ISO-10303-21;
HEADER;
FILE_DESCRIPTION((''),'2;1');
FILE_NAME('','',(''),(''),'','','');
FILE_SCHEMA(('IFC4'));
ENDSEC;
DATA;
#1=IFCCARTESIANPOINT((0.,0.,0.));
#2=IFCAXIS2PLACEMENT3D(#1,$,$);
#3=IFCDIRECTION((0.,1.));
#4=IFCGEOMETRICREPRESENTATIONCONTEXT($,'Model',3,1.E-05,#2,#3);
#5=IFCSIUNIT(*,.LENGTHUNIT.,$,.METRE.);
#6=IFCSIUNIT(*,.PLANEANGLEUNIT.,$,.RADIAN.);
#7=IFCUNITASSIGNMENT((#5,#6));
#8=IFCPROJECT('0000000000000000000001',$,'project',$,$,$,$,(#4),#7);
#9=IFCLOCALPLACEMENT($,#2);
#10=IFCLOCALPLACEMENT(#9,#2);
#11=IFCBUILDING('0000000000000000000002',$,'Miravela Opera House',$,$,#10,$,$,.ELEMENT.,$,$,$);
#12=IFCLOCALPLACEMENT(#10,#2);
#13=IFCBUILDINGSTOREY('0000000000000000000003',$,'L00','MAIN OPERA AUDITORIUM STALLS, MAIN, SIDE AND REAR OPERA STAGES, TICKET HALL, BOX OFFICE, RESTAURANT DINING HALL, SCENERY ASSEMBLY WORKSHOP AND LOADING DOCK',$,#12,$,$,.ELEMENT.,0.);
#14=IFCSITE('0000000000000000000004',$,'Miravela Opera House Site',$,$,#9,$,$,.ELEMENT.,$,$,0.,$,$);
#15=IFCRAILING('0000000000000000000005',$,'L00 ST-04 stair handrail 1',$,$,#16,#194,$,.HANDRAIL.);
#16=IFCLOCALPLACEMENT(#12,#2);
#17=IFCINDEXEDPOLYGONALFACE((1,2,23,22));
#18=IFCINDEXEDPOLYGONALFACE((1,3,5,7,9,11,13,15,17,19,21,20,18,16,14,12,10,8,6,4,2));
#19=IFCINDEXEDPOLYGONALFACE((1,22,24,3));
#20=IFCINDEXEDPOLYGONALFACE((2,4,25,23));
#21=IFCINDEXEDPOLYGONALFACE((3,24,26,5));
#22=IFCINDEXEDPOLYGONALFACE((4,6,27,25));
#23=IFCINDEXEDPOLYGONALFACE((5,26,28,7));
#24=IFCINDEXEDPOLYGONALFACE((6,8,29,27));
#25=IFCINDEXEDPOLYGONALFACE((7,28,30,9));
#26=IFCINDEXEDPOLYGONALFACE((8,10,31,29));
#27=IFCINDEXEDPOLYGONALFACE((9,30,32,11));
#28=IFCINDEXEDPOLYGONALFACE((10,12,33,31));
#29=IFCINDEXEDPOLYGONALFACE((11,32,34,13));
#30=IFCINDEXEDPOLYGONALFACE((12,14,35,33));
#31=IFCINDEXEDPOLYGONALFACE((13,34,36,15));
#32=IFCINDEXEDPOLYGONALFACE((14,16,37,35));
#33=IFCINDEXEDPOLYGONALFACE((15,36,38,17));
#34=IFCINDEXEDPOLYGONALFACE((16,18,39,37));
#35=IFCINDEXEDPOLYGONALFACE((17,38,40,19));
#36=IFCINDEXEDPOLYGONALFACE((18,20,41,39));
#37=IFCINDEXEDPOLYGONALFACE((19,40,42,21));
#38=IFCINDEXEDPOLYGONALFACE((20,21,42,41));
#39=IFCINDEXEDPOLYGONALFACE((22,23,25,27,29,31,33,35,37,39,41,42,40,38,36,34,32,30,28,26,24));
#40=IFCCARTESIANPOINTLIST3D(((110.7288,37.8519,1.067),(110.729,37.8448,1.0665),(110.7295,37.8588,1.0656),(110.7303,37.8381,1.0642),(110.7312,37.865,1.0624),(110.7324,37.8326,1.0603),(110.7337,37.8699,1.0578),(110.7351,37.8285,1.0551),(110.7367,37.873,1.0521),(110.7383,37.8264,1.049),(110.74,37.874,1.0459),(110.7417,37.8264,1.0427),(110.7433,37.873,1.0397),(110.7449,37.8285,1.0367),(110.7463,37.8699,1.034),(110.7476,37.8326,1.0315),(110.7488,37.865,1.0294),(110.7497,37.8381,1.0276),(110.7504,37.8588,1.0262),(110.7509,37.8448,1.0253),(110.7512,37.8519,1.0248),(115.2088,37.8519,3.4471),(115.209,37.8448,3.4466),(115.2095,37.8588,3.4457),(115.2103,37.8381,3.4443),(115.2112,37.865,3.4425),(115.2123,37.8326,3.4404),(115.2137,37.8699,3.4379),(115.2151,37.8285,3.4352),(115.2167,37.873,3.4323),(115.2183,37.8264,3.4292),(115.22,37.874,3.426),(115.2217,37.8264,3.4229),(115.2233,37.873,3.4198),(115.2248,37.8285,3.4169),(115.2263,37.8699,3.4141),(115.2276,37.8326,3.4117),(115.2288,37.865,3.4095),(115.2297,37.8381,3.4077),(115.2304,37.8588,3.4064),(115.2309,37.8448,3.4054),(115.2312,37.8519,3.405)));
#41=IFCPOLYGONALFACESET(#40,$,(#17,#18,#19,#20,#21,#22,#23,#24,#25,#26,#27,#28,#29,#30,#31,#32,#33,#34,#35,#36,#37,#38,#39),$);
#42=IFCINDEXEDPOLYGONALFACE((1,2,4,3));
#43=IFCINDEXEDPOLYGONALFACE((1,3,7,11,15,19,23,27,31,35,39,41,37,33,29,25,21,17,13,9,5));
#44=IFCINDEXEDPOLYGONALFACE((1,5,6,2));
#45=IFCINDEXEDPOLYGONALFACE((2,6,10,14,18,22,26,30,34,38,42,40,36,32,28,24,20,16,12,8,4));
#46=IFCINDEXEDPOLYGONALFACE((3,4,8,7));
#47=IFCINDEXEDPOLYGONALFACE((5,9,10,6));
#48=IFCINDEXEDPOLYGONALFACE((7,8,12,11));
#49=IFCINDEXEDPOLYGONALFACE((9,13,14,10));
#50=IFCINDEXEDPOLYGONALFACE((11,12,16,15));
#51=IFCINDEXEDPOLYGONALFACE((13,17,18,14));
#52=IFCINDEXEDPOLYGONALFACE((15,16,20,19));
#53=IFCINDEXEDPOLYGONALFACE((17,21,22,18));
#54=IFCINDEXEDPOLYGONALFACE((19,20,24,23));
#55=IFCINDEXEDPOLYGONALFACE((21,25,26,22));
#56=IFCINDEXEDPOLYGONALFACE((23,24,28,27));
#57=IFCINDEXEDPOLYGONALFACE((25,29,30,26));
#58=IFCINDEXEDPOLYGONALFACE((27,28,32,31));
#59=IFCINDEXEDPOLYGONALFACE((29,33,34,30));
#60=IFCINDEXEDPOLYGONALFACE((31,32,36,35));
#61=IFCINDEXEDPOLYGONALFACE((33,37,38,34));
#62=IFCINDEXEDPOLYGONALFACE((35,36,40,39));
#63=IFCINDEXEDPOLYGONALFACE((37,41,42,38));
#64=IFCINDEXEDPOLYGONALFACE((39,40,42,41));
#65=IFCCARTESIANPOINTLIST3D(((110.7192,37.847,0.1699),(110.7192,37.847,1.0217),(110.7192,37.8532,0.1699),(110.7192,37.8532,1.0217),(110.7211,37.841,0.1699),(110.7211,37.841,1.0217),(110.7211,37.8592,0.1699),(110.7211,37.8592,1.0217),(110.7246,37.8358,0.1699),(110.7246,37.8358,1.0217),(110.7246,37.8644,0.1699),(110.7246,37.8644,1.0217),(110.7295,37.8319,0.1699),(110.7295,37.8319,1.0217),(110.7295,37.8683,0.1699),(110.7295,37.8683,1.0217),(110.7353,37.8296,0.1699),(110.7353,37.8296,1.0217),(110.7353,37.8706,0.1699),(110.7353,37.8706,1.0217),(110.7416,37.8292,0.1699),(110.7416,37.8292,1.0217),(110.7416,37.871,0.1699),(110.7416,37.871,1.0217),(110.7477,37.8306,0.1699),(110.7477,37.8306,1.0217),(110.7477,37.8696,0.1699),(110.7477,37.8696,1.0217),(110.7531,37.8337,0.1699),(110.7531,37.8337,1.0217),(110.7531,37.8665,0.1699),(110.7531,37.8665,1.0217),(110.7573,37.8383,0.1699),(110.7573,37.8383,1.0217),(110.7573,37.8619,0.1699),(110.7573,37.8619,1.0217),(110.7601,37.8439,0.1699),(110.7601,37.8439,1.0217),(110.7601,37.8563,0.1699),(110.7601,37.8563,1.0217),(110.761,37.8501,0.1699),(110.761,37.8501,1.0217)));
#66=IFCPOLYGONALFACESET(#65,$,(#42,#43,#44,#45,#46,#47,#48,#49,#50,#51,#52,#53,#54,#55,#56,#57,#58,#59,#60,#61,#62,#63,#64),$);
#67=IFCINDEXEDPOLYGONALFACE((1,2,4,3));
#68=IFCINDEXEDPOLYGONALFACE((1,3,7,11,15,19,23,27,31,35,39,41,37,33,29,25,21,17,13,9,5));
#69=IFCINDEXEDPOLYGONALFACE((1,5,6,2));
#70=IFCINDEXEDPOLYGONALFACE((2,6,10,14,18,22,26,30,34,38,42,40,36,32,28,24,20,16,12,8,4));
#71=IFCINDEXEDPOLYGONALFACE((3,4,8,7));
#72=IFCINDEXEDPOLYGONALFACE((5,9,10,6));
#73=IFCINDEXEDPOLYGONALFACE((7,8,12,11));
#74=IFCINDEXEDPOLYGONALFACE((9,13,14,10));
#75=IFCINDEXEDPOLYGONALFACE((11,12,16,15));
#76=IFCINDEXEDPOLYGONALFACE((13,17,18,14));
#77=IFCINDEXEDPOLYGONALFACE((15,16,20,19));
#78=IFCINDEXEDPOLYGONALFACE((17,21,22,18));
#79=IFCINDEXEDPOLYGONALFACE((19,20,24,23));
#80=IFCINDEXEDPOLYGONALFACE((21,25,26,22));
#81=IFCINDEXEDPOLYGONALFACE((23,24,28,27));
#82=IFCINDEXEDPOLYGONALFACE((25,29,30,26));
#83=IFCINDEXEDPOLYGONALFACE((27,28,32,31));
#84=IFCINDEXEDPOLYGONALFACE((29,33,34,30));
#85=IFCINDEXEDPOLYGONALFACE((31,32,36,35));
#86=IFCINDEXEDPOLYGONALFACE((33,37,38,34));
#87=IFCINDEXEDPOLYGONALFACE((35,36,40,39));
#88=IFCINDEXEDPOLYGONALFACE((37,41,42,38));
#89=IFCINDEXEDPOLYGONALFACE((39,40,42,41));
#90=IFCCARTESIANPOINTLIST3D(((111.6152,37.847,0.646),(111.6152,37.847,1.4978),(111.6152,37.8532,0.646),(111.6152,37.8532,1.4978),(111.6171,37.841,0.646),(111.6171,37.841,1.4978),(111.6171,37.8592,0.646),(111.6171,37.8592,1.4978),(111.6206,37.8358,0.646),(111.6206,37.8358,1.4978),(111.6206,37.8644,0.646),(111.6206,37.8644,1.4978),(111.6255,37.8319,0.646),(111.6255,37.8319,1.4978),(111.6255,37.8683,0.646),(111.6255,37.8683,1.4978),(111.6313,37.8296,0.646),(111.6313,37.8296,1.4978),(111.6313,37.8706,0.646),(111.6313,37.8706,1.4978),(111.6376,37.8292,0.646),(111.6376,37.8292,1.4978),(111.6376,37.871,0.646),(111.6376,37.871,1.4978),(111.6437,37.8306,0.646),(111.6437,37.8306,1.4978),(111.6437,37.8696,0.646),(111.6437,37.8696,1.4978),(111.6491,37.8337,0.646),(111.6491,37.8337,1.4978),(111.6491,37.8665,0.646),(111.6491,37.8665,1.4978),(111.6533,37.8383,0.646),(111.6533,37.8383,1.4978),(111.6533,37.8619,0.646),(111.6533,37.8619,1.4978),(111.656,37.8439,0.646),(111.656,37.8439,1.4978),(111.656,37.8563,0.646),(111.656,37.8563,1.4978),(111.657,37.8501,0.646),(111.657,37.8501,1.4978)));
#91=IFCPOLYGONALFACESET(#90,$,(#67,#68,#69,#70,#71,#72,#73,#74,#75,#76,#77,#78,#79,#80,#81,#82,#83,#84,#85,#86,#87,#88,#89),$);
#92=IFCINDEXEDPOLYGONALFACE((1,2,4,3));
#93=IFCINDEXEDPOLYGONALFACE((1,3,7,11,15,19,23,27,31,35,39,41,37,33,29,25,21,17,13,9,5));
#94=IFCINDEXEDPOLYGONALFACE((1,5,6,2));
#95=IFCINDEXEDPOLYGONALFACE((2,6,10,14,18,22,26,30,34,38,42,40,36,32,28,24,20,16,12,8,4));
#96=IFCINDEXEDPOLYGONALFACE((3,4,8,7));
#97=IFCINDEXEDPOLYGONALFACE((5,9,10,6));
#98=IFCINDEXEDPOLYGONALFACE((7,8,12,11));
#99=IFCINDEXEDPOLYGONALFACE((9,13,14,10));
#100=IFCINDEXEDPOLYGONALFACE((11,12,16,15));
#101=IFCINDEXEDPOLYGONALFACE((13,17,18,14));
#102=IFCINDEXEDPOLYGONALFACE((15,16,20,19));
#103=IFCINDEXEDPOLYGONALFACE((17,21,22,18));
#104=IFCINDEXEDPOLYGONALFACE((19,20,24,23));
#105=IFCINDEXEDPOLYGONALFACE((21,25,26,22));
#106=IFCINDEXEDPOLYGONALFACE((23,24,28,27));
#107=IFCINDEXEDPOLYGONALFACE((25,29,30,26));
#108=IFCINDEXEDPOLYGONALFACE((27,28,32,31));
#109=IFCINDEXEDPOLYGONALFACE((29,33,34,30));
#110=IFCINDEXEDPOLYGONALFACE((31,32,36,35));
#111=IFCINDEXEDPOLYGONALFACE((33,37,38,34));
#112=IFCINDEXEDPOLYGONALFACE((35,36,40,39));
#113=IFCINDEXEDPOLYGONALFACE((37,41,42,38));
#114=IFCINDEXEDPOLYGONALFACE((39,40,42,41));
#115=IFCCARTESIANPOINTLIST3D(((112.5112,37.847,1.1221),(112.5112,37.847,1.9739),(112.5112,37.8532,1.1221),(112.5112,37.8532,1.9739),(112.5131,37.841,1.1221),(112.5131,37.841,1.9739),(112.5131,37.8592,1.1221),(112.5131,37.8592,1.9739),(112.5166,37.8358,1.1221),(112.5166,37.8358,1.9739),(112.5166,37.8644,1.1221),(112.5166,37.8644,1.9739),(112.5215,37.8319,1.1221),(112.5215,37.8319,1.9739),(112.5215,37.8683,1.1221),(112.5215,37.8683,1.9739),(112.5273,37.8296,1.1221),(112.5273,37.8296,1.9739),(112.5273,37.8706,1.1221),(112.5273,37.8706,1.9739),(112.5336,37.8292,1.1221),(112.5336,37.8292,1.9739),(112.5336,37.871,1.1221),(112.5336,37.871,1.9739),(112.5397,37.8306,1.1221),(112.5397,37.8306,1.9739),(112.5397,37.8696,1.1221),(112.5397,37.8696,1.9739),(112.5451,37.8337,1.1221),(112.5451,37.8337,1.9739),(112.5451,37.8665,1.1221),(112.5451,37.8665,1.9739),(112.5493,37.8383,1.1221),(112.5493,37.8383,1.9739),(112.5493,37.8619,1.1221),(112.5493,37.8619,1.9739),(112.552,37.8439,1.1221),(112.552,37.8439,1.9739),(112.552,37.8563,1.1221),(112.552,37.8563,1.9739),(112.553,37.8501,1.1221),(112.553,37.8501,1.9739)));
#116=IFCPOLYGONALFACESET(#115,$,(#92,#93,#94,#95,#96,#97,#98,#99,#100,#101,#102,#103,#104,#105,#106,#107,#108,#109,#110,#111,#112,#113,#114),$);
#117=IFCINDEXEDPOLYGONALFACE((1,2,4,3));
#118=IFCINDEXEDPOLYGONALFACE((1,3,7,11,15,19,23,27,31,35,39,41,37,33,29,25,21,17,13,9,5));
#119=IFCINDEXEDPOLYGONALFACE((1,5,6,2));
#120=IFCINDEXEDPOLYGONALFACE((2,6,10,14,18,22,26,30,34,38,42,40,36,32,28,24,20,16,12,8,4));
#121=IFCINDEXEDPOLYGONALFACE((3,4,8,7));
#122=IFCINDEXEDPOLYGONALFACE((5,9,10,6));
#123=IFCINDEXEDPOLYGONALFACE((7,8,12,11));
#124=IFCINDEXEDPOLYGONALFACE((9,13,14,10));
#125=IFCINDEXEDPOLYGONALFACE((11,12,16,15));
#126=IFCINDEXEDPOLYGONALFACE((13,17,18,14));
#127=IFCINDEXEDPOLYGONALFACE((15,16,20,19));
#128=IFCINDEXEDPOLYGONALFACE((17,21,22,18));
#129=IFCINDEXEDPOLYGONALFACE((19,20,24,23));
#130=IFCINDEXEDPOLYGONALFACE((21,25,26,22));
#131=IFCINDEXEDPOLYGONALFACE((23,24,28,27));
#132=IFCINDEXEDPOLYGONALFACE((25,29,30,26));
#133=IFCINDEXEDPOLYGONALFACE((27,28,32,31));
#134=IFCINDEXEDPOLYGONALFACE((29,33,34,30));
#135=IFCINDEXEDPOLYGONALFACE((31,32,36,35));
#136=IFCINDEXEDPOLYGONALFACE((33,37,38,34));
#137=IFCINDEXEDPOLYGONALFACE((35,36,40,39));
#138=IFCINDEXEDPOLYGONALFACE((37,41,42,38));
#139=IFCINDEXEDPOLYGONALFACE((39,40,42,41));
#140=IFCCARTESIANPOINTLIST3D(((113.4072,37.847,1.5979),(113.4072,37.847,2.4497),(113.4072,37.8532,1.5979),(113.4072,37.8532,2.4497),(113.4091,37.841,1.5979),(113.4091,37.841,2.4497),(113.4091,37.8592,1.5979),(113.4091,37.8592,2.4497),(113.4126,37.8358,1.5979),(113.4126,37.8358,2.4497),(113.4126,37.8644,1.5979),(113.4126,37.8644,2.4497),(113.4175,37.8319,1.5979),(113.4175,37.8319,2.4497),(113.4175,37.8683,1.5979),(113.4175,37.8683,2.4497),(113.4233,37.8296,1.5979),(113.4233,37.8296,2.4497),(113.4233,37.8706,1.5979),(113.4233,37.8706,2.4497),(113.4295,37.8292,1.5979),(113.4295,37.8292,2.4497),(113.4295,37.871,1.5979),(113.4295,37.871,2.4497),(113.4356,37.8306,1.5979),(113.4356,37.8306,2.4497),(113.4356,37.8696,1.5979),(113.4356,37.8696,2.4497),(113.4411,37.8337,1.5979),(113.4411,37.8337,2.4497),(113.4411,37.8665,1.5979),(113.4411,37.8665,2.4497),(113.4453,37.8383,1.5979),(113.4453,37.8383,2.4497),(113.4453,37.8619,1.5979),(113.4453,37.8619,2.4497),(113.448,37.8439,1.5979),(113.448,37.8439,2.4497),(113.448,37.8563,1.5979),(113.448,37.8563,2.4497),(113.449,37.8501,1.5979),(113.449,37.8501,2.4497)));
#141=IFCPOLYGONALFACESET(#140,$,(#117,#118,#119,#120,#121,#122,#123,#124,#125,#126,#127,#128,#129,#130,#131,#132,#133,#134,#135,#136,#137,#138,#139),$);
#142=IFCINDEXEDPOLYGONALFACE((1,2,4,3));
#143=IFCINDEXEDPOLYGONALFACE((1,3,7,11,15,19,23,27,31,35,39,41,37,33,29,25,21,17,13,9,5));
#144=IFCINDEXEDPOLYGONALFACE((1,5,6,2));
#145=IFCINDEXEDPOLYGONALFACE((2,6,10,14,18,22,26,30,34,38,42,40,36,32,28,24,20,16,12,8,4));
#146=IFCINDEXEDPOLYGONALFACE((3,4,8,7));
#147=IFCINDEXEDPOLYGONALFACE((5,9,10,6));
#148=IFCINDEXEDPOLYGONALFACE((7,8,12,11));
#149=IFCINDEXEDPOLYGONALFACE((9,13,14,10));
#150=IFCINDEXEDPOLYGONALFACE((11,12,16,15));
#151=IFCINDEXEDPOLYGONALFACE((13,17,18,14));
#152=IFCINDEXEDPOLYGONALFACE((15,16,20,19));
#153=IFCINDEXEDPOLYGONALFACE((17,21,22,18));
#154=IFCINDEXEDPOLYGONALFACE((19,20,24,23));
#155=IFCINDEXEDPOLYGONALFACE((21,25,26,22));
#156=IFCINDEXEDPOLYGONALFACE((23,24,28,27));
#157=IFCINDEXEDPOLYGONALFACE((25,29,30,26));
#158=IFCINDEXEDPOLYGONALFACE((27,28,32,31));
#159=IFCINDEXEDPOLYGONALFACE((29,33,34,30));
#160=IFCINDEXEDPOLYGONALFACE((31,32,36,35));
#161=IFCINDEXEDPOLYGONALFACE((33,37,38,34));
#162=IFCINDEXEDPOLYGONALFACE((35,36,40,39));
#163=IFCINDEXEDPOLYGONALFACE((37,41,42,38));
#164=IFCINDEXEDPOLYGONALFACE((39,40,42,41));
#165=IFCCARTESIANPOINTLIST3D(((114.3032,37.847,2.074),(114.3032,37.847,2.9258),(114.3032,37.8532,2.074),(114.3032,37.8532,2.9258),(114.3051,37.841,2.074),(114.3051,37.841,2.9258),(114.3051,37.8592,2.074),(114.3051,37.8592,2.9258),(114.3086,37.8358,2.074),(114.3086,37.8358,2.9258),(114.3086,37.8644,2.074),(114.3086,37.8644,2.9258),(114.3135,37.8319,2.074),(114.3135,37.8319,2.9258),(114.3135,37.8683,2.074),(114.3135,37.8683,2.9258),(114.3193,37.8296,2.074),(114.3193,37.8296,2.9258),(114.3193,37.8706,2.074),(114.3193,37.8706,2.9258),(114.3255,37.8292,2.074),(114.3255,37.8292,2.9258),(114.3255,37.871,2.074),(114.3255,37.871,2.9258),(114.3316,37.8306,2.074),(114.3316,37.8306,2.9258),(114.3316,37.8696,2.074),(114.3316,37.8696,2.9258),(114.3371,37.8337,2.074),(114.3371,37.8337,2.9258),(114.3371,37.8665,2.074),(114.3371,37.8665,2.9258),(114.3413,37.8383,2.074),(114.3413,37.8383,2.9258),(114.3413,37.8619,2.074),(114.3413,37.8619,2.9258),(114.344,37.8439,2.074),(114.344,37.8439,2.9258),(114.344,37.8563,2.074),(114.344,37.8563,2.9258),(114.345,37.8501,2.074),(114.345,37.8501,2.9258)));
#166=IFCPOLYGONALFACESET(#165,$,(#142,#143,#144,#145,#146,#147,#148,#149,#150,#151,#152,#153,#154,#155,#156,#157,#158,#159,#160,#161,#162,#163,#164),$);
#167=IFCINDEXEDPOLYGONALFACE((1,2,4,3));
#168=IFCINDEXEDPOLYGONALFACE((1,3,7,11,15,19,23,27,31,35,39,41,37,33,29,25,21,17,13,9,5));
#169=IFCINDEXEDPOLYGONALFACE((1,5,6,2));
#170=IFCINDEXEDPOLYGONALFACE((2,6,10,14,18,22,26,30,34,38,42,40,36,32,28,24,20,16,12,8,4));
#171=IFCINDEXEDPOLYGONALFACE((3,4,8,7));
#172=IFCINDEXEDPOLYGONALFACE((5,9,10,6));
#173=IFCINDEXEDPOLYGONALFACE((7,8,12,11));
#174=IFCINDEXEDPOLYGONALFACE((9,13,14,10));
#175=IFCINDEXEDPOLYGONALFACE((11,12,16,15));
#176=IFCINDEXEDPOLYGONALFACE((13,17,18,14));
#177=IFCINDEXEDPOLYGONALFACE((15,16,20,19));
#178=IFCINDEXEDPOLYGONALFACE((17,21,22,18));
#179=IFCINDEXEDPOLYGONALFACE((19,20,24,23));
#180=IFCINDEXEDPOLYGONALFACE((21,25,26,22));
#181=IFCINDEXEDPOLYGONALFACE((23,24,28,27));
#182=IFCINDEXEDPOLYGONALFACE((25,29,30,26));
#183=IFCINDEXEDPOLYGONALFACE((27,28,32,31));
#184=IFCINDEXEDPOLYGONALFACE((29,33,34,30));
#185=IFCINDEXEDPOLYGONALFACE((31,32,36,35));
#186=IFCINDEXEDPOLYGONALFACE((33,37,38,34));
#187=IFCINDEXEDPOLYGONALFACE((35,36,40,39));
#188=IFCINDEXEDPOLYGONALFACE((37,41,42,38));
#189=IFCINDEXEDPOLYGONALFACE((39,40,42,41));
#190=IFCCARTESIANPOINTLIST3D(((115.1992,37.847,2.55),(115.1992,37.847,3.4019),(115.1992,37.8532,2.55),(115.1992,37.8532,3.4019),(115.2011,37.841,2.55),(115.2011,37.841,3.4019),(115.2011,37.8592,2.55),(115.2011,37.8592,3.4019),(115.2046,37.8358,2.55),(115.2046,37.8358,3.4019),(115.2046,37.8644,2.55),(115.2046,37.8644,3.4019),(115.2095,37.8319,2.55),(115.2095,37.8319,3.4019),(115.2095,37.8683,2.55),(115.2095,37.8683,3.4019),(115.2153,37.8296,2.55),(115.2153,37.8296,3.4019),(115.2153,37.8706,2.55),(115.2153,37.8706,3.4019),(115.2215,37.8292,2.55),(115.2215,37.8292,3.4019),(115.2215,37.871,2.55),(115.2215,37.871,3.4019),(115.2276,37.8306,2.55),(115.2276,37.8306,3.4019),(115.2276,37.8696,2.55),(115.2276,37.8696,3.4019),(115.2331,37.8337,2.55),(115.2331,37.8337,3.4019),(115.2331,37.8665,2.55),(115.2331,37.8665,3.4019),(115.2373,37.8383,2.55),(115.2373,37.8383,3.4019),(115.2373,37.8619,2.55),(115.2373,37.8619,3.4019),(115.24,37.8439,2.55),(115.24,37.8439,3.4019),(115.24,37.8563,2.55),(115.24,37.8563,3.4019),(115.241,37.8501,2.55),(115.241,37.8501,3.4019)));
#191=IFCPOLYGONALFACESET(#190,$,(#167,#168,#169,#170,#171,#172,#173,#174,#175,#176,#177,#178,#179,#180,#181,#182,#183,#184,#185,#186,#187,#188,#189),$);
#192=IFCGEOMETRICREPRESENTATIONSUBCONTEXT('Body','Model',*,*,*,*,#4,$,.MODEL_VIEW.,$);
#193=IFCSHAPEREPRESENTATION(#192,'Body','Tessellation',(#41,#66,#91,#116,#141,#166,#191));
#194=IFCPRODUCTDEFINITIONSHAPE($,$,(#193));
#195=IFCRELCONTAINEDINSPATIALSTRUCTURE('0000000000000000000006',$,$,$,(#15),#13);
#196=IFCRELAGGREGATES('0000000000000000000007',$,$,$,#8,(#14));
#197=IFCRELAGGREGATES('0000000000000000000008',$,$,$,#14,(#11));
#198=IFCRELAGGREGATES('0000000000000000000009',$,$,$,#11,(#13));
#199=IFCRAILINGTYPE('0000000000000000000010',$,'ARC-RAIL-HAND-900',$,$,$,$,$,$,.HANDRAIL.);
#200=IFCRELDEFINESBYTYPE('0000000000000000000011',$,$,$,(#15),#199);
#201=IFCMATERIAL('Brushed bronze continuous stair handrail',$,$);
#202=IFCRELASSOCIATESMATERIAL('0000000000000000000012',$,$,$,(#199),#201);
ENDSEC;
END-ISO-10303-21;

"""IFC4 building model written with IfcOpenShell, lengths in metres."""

from ifc_helpers import new_model, si_unit, direction, frame, origin, origin_2d, place, context, subcontext, project, spatial, circle, extrude, material, type_object, element, save


model = new_model("IFC4")

# Units and contexts
model_context = context("Model", 3, precision=1e-05, world=origin(), true_north=direction((0.0, 1.0)))
body_context = subcontext(model_context, "Body", "Model", "MODEL_VIEW")
ifc_project = project(units=[si_unit("LENGTHUNIT", "METRE"), si_unit("PLANEANGLEUNIT", "RADIAN")], contexts=[model_context])

# Site, building, storey
site_placement = place(None, origin())
site = spatial("IfcSite", under=ifc_project, at=site_placement, Name="Miravela Opera House Site", CompositionType="ELEMENT", RefElevation=0.0)
building_placement = place(site_placement, origin())
building = spatial("IfcBuilding", under=site, at=building_placement, Name="Miravela Opera House", CompositionType="ELEMENT")
storey_placement = place(building_placement, origin())
storey = spatial("IfcBuildingStorey", under=building, at=storey_placement, Name="L00", Description="MAIN OPERA AUDITORIUM STALLS, MAIN, SIDE AND REAR OPERA STAGES, TICKET HALL, BOX OFFICE, RESTAURANT DINING HALL, SCENERY ASSEMBLY WORKSHOP AND LOADING DOCK", CompositionType="ELEMENT", Elevation=0.0)

# Railing
ifc_material_1 = material(Name="Brushed bronze continuous stair handrail")
railing_type_1 = type_object("IfcRailingType", Name="ARC-RAIL-HAND-900", PredefinedType="HANDRAIL", material=ifc_material_1)
railing_1_placement = place(storey_placement, frame((110.74, 37.8501, 0.1699)))
element("IfcRailing", 1, at=railing_1_placement, inside=storey, type_object=railing_type_1, Name="L00 ST-04 stair handrail 1", PredefinedType="HANDRAIL", context=body_context, shape_type="SweptSolid", body=[
    extrude(circle(Radius=0.0239, at=origin_2d()), frame((0.0, 0.0, 0.876), z_axis=(0.883105, 0.0, 0.469176), x_axis=(0.0, 1.0, 0.0)), (0.0, 0.0, 1.0), 5.073),
    extrude(circle(Radius=0.021, at=origin_2d()), origin(), (0.0, 0.0, 1.0), 0.8518),
    extrude(circle(Radius=0.021, at=origin_2d()), frame((0.896, 0.0, 0.4761)), (0.0, 0.0, 1.0), 0.8518),
    extrude(circle(Radius=0.021, at=origin_2d()), frame((1.792, 0.0, 0.9521)), (0.0, 0.0, 1.0), 0.8518),
    extrude(circle(Radius=0.021, at=origin_2d()), frame((2.688, 0.0, 1.428)), (0.0, 0.0, 1.0), 0.8518),
    extrude(circle(Radius=0.021, at=origin_2d()), frame((3.584, 0.0, 1.9041)), (0.0, 0.0, 1.0), 0.8518),
    extrude(circle(Radius=0.021, at=origin_2d()), frame((4.48, 0.0, 2.3801)), (0.0, 0.0, 1.0), 0.8518),
])

save(model, "model.ifc")
